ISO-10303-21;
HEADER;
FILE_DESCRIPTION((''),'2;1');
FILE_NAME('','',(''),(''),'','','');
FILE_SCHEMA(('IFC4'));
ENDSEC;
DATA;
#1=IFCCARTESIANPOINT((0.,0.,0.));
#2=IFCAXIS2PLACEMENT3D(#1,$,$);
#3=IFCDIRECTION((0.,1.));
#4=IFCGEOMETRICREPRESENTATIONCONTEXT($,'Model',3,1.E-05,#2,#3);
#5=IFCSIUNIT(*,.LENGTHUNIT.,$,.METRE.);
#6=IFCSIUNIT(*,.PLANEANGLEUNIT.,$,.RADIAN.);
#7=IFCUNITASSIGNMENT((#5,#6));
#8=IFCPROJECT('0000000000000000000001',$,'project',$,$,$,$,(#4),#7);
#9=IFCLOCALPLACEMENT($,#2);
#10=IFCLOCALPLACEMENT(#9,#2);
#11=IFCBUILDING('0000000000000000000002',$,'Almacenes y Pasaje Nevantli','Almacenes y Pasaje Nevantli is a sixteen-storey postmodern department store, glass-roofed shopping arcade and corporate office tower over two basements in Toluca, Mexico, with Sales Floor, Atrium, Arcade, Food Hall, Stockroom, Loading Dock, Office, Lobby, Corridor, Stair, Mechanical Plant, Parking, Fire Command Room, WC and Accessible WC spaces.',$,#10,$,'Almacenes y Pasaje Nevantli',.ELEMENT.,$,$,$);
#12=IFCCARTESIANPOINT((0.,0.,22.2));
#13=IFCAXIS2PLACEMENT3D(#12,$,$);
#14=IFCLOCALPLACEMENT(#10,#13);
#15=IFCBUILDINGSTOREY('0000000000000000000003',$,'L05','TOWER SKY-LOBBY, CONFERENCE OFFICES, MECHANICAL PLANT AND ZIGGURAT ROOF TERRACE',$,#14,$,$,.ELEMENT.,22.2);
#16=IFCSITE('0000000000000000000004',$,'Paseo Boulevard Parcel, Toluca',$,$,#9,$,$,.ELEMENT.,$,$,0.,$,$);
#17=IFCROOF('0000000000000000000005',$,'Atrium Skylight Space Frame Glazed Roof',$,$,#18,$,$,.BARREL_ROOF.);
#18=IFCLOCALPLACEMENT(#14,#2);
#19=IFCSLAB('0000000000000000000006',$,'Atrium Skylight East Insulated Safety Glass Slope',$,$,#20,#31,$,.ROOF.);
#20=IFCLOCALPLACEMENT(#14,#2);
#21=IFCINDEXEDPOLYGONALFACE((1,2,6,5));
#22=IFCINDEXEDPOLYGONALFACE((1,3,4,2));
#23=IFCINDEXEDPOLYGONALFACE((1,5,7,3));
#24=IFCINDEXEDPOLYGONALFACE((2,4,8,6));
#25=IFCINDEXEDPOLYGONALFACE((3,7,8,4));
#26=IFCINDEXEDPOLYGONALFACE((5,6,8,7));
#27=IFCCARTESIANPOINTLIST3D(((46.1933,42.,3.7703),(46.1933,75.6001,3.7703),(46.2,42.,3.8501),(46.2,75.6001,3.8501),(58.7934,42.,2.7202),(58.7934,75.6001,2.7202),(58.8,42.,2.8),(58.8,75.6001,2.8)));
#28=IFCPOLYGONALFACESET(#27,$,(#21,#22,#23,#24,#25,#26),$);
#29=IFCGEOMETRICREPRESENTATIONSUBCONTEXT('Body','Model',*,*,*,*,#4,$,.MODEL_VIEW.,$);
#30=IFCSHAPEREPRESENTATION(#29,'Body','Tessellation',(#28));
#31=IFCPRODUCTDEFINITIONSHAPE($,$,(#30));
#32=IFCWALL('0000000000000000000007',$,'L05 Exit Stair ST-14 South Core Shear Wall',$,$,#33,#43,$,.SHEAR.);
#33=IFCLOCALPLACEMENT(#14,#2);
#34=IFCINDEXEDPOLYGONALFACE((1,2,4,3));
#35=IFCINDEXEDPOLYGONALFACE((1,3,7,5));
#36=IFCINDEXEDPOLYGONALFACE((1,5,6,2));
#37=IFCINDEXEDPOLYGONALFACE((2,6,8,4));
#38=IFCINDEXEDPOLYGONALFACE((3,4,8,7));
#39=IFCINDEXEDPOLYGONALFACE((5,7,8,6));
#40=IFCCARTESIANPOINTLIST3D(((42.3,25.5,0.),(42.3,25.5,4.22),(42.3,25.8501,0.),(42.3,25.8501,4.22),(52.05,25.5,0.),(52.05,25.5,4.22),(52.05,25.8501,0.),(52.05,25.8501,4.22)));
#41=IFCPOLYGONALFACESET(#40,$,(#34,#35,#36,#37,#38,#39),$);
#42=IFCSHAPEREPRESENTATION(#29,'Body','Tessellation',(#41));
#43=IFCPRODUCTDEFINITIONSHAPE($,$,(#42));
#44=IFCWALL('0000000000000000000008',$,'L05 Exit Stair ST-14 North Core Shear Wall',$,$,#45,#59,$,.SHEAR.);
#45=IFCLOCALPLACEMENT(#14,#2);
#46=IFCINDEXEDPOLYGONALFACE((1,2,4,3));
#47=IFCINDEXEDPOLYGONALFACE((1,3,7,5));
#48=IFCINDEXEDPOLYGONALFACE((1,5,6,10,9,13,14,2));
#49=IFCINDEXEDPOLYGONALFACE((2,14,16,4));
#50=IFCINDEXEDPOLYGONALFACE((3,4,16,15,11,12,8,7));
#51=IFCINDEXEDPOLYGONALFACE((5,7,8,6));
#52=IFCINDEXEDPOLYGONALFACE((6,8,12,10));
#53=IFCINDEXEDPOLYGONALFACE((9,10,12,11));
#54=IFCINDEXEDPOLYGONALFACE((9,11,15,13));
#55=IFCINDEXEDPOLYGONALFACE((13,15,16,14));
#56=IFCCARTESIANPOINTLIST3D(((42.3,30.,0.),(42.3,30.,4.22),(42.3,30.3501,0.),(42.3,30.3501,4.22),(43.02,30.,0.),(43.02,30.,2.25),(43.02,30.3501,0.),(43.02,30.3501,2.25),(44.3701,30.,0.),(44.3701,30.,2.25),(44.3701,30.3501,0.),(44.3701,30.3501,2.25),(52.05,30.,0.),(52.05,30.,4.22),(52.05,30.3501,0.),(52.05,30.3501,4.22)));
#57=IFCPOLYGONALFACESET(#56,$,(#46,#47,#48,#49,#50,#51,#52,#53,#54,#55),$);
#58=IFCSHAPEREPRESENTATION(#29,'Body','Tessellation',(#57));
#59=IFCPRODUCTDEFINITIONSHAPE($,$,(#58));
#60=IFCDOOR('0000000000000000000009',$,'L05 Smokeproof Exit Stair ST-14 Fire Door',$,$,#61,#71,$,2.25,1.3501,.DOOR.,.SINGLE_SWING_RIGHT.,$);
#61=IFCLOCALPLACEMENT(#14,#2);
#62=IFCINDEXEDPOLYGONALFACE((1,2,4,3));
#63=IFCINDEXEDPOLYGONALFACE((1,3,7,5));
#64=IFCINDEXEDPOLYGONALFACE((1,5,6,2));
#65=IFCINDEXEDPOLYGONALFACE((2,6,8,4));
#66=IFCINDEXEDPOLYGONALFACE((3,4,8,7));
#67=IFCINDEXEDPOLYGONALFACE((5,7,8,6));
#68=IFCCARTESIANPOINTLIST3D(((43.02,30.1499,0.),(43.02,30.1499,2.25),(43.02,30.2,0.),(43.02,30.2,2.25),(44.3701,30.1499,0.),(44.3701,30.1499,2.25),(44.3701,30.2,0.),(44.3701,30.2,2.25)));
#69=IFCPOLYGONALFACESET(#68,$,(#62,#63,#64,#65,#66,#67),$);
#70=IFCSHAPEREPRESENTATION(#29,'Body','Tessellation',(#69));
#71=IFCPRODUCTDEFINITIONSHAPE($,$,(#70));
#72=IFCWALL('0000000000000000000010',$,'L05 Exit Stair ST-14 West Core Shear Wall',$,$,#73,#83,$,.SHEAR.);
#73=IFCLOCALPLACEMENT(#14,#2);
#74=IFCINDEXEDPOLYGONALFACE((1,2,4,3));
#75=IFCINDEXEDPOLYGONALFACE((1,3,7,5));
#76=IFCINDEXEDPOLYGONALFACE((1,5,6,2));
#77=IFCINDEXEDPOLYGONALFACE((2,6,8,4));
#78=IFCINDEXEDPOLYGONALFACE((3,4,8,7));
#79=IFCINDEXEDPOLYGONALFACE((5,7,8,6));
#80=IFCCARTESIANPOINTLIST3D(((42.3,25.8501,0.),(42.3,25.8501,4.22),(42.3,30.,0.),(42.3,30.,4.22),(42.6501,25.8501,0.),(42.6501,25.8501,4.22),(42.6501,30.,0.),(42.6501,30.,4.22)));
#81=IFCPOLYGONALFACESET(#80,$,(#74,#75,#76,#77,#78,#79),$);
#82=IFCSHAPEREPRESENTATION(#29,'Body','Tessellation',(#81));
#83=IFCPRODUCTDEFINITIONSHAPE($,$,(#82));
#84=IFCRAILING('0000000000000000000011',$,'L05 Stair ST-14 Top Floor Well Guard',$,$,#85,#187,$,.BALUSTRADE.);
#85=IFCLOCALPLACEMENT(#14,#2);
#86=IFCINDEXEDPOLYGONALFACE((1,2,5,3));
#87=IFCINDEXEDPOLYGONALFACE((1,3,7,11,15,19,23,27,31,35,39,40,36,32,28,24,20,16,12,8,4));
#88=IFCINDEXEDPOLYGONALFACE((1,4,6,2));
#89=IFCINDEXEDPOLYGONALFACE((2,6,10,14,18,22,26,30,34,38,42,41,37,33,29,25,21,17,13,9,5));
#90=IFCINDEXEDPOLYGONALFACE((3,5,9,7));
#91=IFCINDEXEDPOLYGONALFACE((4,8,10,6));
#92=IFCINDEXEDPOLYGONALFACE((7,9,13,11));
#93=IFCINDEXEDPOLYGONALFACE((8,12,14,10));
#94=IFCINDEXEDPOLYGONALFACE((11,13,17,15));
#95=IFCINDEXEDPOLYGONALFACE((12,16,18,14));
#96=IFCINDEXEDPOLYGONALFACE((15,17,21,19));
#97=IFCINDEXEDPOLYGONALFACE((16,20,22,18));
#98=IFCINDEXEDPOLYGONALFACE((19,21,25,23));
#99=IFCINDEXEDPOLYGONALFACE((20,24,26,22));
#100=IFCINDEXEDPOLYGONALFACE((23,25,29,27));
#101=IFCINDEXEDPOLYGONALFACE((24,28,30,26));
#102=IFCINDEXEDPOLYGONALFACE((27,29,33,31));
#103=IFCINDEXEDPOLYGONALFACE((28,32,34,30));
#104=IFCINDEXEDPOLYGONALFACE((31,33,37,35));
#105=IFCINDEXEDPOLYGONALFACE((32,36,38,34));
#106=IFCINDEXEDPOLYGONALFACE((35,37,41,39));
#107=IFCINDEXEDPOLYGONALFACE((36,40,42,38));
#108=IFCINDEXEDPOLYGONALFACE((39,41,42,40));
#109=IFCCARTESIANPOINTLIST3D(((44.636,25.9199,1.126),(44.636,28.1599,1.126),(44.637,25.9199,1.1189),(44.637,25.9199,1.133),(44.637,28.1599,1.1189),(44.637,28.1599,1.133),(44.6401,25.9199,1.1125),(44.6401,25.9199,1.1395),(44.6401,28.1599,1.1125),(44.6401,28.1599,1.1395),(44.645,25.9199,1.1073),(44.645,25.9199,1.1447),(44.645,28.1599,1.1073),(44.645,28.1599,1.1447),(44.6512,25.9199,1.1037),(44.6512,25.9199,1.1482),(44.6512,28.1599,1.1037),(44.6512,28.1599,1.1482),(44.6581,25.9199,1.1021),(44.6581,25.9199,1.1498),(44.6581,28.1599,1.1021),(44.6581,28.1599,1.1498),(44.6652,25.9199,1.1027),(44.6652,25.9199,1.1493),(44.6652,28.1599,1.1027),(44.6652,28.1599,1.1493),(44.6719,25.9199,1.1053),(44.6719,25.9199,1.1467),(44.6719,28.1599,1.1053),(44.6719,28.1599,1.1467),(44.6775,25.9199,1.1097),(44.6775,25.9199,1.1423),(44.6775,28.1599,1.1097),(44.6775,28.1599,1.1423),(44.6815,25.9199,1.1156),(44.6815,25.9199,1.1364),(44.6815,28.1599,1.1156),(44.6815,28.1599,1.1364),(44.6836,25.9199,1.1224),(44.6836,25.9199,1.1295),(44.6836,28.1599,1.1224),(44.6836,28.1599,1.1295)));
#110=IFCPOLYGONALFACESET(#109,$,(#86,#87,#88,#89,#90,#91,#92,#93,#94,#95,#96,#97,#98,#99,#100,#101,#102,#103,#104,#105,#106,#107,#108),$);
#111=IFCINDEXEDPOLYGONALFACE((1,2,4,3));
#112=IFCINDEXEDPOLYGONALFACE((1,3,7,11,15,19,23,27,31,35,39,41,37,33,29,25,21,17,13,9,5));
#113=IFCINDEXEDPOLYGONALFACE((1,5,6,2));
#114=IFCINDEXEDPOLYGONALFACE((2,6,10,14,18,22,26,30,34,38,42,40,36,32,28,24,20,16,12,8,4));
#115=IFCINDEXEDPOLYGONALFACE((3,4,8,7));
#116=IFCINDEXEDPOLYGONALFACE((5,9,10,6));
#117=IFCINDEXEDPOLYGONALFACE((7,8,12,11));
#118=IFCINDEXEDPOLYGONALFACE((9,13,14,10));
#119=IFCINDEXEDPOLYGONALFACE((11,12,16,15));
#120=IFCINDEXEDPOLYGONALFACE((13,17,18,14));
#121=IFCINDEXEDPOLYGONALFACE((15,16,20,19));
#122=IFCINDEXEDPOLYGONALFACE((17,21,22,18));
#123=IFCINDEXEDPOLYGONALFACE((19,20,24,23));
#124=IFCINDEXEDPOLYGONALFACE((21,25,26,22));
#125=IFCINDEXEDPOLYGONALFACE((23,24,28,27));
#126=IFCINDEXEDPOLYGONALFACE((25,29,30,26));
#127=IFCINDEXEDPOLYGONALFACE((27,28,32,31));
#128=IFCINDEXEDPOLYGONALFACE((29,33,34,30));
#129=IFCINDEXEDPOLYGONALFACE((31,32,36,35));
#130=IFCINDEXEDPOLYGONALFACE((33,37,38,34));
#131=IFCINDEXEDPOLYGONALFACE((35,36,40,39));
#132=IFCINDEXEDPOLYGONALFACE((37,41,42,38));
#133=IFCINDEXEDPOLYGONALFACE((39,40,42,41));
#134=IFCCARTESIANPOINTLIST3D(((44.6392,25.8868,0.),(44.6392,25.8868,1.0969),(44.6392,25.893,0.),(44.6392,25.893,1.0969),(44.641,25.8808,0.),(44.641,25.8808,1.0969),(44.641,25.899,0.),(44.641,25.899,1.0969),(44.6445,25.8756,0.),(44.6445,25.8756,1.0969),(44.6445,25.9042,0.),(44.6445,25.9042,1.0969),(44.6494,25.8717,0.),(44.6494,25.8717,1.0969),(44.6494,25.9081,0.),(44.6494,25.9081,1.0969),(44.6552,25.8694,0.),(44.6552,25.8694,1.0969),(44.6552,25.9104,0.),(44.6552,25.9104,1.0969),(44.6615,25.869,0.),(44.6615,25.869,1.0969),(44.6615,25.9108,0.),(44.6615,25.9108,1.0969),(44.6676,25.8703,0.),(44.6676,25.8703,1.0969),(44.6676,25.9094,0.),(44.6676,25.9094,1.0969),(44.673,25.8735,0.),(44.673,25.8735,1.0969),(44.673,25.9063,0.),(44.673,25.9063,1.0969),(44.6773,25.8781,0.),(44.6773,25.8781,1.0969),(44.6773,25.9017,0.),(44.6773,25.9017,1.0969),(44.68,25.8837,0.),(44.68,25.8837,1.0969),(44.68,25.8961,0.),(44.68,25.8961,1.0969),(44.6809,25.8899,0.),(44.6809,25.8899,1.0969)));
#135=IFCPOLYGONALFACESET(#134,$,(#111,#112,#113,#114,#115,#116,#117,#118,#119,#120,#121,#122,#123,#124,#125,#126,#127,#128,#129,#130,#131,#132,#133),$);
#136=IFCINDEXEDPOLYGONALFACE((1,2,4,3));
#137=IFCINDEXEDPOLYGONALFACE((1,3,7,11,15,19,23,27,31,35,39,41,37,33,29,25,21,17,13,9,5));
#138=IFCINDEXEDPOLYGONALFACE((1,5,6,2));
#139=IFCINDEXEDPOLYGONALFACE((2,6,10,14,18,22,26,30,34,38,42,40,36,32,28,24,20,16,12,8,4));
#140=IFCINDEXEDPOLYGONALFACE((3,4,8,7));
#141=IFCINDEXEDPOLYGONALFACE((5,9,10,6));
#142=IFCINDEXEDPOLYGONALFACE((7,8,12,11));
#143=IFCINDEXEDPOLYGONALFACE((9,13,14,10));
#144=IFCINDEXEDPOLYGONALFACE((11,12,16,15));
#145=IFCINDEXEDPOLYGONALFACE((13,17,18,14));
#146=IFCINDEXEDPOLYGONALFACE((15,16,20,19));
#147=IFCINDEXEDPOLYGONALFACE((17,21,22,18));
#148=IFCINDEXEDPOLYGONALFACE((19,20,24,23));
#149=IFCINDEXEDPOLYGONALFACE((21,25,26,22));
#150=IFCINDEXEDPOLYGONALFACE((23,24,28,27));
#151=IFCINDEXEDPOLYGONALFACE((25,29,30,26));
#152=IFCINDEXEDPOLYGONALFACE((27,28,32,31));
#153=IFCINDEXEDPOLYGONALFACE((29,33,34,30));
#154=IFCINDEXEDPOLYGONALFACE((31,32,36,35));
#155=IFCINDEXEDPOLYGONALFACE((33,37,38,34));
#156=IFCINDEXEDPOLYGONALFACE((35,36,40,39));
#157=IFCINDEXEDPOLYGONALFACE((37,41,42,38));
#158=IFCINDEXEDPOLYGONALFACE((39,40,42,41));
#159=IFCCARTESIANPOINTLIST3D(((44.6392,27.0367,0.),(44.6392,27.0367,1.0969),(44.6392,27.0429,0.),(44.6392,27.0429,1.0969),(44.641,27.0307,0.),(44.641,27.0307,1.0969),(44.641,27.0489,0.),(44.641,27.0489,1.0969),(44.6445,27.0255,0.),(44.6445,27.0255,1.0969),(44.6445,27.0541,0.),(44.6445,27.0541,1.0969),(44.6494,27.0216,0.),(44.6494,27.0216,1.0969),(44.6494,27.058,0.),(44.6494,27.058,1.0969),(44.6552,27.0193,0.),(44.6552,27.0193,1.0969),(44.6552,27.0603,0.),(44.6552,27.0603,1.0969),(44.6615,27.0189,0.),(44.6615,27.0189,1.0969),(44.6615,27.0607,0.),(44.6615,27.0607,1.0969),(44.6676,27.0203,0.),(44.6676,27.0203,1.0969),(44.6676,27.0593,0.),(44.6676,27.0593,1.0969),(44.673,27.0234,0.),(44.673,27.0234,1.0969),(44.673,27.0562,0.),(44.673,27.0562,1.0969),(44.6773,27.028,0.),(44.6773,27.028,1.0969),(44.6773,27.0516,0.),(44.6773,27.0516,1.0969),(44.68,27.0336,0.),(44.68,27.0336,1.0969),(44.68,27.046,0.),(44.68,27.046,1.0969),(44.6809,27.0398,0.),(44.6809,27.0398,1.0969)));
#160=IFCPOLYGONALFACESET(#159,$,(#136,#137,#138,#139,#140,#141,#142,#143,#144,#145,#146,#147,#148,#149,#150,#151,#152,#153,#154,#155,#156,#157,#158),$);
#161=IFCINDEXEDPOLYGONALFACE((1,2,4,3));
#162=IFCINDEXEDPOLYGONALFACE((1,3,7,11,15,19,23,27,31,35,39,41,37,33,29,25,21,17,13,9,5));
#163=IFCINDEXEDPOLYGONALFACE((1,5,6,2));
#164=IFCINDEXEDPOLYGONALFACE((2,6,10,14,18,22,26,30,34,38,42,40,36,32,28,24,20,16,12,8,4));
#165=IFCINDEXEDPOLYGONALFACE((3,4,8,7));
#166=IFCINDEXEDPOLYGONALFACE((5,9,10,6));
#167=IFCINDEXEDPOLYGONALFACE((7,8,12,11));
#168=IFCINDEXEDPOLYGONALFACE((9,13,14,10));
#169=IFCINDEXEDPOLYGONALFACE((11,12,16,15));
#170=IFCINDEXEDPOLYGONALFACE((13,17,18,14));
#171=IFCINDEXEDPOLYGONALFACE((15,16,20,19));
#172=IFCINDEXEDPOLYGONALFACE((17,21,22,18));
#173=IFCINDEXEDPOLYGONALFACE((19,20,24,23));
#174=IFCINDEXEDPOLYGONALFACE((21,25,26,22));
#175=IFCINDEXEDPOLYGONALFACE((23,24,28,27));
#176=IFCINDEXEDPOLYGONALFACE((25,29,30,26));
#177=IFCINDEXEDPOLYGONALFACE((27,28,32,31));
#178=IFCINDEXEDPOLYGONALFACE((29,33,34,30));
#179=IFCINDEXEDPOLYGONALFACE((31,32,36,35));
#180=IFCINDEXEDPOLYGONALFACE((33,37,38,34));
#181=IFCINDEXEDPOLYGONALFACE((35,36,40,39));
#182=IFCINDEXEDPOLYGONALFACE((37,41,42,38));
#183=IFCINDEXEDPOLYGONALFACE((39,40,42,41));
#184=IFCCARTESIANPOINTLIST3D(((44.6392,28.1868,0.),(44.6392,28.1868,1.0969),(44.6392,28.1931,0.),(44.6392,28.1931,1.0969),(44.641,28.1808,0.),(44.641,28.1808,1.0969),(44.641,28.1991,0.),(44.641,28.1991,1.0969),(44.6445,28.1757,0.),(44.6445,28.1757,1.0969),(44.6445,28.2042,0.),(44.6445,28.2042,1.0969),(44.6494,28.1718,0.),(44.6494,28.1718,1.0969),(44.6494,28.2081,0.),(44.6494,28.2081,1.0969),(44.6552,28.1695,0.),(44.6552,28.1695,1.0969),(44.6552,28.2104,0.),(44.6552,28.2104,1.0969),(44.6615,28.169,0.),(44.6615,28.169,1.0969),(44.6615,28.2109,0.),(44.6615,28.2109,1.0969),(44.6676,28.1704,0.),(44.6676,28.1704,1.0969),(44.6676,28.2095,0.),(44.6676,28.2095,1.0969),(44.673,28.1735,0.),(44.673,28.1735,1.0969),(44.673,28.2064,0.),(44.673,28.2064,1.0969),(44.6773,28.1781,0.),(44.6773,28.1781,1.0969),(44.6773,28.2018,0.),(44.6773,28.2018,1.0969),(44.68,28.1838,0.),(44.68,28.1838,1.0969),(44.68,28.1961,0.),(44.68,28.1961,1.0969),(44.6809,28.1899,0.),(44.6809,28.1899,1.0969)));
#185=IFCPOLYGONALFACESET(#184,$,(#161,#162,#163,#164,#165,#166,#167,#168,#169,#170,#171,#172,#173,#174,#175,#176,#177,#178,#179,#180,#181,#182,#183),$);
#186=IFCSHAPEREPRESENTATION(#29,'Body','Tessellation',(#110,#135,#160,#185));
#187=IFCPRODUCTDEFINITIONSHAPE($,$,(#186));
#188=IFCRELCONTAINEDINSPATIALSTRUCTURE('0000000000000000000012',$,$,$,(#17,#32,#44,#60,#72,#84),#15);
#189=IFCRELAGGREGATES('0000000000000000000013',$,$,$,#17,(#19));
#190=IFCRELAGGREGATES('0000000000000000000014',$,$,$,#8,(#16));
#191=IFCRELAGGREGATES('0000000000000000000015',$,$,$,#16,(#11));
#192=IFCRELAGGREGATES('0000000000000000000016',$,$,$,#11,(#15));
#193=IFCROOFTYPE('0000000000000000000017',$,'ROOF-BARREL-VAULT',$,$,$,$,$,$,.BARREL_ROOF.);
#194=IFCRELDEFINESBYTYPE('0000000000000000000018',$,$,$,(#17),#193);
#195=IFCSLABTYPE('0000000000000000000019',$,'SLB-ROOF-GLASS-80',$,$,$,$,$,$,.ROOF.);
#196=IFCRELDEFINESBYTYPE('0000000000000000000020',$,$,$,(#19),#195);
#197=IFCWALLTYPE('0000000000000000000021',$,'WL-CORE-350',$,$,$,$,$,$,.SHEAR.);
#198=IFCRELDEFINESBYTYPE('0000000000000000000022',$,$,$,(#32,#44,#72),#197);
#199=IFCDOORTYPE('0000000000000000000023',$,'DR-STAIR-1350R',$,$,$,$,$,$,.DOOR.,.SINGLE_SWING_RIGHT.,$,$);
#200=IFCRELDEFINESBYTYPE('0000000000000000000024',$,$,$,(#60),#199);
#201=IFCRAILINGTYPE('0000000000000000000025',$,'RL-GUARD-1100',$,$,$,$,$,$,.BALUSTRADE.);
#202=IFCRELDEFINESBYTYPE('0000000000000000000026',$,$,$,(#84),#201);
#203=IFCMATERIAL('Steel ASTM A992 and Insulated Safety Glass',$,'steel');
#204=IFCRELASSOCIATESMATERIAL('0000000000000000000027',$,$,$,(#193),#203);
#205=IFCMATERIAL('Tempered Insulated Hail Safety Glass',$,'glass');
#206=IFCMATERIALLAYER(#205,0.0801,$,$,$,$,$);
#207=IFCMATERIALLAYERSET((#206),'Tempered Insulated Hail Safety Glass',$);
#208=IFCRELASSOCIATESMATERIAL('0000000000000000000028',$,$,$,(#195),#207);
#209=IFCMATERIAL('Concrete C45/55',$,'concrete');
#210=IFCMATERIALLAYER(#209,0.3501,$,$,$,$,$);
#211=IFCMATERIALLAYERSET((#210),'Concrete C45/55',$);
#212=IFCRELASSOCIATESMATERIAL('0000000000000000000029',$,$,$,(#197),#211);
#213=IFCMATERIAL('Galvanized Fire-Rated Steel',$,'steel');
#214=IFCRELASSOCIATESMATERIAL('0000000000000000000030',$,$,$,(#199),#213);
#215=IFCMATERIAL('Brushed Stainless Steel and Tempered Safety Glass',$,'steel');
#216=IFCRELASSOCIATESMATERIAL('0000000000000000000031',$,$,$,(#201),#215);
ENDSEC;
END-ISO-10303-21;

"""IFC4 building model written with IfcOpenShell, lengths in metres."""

from ifc_helpers import new_model, si_unit, direction, frame, frame_2d, origin, origin_2d, place, context, subcontext, project, spatial, polyline, rectangle, circle, outline, extrude, material, layer, layer_set, type_object, element, fill, aggregate, save


model = new_model("IFC4")

# Units and contexts
model_context = context("Model", 3, precision=1e-05, world=origin(), true_north=direction((0.0, 1.0)))
body_context = subcontext(model_context, "Body", "Model", "MODEL_VIEW")
ifc_project = project(units=[si_unit("LENGTHUNIT", "METRE"), si_unit("PLANEANGLEUNIT", "RADIAN")], contexts=[model_context])

# Site, building, storey
site_placement = place(None, origin())
site = spatial("IfcSite", under=ifc_project, at=site_placement, Name="Paseo Boulevard Parcel, Toluca", CompositionType="ELEMENT", RefElevation=0.0)
building_placement = place(site_placement, origin())
building = spatial("IfcBuilding", under=site, at=building_placement, Name="Almacenes y Pasaje Nevantli", Description="Almacenes y Pasaje Nevantli is a sixteen-storey postmodern department store, glass-roofed shopping arcade and corporate office tower over two basements in Toluca, Mexico, with Sales Floor, Atrium, Arcade, Food Hall, Stockroom, Loading Dock, Office, Lobby, Corridor, Stair, Mechanical Plant, Parking, Fire Command Room, WC and Accessible WC spaces.", LongName="Almacenes y Pasaje Nevantli", CompositionType="ELEMENT")
storey_placement = place(building_placement, frame((0.0, 0.0, 22.2)))
storey = spatial("IfcBuildingStorey", under=building, at=storey_placement, Name="L05", Description="TOWER SKY-LOBBY, CONFERENCE OFFICES, MECHANICAL PLANT AND ZIGGURAT ROOF TERRACE", CompositionType="ELEMENT", Elevation=22.2)

# Roof, slab
ifc_material_1 = material(Name="Steel ASTM A992 and Insulated Safety Glass", Category="steel")
roof_type = type_object("IfcRoofType", Name="ROOF-BARREL-VAULT", PredefinedType="BARREL_ROOF", material=ifc_material_1)
roof_placement = place(storey_placement, origin())
roof = element("IfcRoof", 1, at=roof_placement, inside=storey, type_object=roof_type, Name="Atrium Skylight Space Frame Glazed Roof", PredefinedType="BARREL_ROOF")
ifc_material_2 = material(Name="Tempered Insulated Hail Safety Glass", Category="glass")
ifc_layer_1 = layer(ifc_material_2, 0.0801)
ifc_layer_set_1 = layer_set([ifc_layer_1], Name="Tempered Insulated Hail Safety Glass")
slab_type = type_object("IfcSlabType", Name="SLB-ROOF-GLASS-80", PredefinedType="ROOF", material=ifc_layer_set_1)
slab_placement = place(storey_placement, frame((46.2, 42.0, 3.8501), z_axis=(0.083049, 0.0, 0.996545), x_axis=(0.996545, 0.0, -0.083049)))
slab = element("IfcSlab", 2, at=slab_placement, type_object=slab_type, Name="Atrium Skylight East Insulated Safety Glass Slope", PredefinedType="ROOF", context=body_context, shape_type="SweptSolid", body=[
    extrude(outline(polyline([(0.0, 0.0), (12.6438, 0.0), (12.6438, 33.6001), (0.0, 33.6001), (0.0, 0.0)])), origin(), (0.0, 0.0, -1.0), 0.0801),
])
aggregate(roof, [slab])

# Wall
ifc_material_3 = material(Name="Concrete C45/55", Category="concrete")
ifc_layer_2 = layer(ifc_material_3, 0.3501)
ifc_layer_set_2 = layer_set([ifc_layer_2], Name="Concrete C45/55")
wall_type = type_object("IfcWallType", Name="WL-CORE-350", PredefinedType="SHEAR", material=ifc_layer_set_2)
wall_1_placement = place(storey_placement, frame((42.3, 25.675, 0.0), z_axis=(0.0, 0.0, 1.0), x_axis=(1.0, 0.0, 0.0)))
element("IfcWall", 3, at=wall_1_placement, inside=storey, type_object=wall_type, Name="L05 Exit Stair ST-14 South Core Shear Wall", PredefinedType="SHEAR", context=body_context, shape_type="SweptSolid", body=[
    extrude(rectangle(XDim=9.75, YDim=0.3501, at=frame_2d((4.875, 0.0))), origin(), (0.0, 0.0, 1.0), 4.22),
])

# Wall, opening, door
wall_2_placement = place(storey_placement, frame((42.3, 30.175, 0.0), z_axis=(0.0, 0.0, 1.0), x_axis=(1.0, 0.0, 0.0)))
wall_2 = element("IfcWall", 4, at=wall_2_placement, inside=storey, type_object=wall_type, Name="L05 Exit Stair ST-14 North Core Shear Wall", PredefinedType="SHEAR", context=body_context, shape_type="SweptSolid", body=[
    extrude(rectangle(XDim=9.75, YDim=0.3501, at=frame_2d((4.875, 0.0))), origin(), (0.0, 0.0, 1.0), 4.22),
])
opening_placement = place(wall_2_placement, frame((0.72, 0.0, 0.0)))
opening = element("IfcOpeningElement", 5, at=opening_placement, cuts=wall_2, PredefinedType="OPENING", context=body_context, shape_type="SweptSolid", body=[
    extrude(rectangle(XDim=1.3501, YDim=2.25, at=frame_2d((0.675, 1.125))), frame((0.0, 0.1851, 0.0), z_axis=(0.0, -1.0, 0.0), x_axis=(1.0, 0.0, 0.0)), (0.0, 0.0, 1.0), 0.3701),
])
ifc_material_4 = material(Name="Galvanized Fire-Rated Steel", Category="steel")
door_type = type_object("IfcDoorType", Name="DR-STAIR-1350R", OperationType="SINGLE_SWING_RIGHT", PredefinedType="DOOR", material=ifc_material_4)
door_placement = place(opening_placement, origin())
door = element("IfcDoor", 6, at=door_placement, inside=storey, type_object=door_type, Name="L05 Smokeproof Exit Stair ST-14 Fire Door", OperationType="SINGLE_SWING_RIGHT", OverallHeight=2.25, OverallWidth=1.3501, PredefinedType="DOOR", context=body_context, shape_type="SweptSolid", body=[
    extrude(rectangle(XDim=1.3501, YDim=2.25, at=frame_2d((0.675, 1.125))), frame((0.0, 0.0249, 0.0), z_axis=(0.0, -1.0, 0.0), x_axis=(1.0, 0.0, 0.0)), (0.0, 0.0, 1.0), 0.05),
])
fill(opening, door)

# Wall
wall_3_placement = place(storey_placement, frame((42.4751, 25.8501, 0.0), z_axis=(0.0, 0.0, 1.0), x_axis=(0.0, 1.0, 0.0)))
element("IfcWall", 7, at=wall_3_placement, inside=storey, type_object=wall_type, Name="L05 Exit Stair ST-14 West Core Shear Wall", PredefinedType="SHEAR", context=body_context, shape_type="SweptSolid", body=[
    extrude(rectangle(XDim=4.1499, YDim=0.3501, at=frame_2d((2.075, 0.0))), origin(), (0.0, 0.0, 1.0), 4.22),
])

# Railing
ifc_material_5 = material(Name="Brushed Stainless Steel and Tempered Safety Glass", Category="steel")
railing_type = type_object("IfcRailingType", Name="RL-GUARD-1100", PredefinedType="BALUSTRADE", material=ifc_material_5)
railing_placement = place(storey_placement, frame((44.6599, 25.8899, 0.0)))
element("IfcRailing", 8, at=railing_placement, inside=storey, type_object=railing_type, Name="L05 Stair ST-14 Top Floor Well Guard", PredefinedType="BALUSTRADE", context=body_context, shape_type="SweptSolid", body=[
    extrude(circle(Radius=0.0239, at=origin_2d()), frame((0.0, 0.03, 1.126), z_axis=(0.0, 1.0, 0.0), x_axis=(-1.0, 0.0, 0.0)), (0.0, 0.0, 1.0), 2.24),
    extrude(circle(Radius=0.021, at=origin_2d()), origin(), (0.0, 0.0, 1.0), 1.0969),
    extrude(circle(Radius=0.021, at=origin_2d()), frame((0.0, 1.1499, 0.0)), (0.0, 0.0, 1.0), 1.0969),
    extrude(circle(Radius=0.021, at=origin_2d()), frame((0.0, 2.3, 0.0)), (0.0, 0.0, 1.0), 1.0969),
])

save(model, "model.ifc")
